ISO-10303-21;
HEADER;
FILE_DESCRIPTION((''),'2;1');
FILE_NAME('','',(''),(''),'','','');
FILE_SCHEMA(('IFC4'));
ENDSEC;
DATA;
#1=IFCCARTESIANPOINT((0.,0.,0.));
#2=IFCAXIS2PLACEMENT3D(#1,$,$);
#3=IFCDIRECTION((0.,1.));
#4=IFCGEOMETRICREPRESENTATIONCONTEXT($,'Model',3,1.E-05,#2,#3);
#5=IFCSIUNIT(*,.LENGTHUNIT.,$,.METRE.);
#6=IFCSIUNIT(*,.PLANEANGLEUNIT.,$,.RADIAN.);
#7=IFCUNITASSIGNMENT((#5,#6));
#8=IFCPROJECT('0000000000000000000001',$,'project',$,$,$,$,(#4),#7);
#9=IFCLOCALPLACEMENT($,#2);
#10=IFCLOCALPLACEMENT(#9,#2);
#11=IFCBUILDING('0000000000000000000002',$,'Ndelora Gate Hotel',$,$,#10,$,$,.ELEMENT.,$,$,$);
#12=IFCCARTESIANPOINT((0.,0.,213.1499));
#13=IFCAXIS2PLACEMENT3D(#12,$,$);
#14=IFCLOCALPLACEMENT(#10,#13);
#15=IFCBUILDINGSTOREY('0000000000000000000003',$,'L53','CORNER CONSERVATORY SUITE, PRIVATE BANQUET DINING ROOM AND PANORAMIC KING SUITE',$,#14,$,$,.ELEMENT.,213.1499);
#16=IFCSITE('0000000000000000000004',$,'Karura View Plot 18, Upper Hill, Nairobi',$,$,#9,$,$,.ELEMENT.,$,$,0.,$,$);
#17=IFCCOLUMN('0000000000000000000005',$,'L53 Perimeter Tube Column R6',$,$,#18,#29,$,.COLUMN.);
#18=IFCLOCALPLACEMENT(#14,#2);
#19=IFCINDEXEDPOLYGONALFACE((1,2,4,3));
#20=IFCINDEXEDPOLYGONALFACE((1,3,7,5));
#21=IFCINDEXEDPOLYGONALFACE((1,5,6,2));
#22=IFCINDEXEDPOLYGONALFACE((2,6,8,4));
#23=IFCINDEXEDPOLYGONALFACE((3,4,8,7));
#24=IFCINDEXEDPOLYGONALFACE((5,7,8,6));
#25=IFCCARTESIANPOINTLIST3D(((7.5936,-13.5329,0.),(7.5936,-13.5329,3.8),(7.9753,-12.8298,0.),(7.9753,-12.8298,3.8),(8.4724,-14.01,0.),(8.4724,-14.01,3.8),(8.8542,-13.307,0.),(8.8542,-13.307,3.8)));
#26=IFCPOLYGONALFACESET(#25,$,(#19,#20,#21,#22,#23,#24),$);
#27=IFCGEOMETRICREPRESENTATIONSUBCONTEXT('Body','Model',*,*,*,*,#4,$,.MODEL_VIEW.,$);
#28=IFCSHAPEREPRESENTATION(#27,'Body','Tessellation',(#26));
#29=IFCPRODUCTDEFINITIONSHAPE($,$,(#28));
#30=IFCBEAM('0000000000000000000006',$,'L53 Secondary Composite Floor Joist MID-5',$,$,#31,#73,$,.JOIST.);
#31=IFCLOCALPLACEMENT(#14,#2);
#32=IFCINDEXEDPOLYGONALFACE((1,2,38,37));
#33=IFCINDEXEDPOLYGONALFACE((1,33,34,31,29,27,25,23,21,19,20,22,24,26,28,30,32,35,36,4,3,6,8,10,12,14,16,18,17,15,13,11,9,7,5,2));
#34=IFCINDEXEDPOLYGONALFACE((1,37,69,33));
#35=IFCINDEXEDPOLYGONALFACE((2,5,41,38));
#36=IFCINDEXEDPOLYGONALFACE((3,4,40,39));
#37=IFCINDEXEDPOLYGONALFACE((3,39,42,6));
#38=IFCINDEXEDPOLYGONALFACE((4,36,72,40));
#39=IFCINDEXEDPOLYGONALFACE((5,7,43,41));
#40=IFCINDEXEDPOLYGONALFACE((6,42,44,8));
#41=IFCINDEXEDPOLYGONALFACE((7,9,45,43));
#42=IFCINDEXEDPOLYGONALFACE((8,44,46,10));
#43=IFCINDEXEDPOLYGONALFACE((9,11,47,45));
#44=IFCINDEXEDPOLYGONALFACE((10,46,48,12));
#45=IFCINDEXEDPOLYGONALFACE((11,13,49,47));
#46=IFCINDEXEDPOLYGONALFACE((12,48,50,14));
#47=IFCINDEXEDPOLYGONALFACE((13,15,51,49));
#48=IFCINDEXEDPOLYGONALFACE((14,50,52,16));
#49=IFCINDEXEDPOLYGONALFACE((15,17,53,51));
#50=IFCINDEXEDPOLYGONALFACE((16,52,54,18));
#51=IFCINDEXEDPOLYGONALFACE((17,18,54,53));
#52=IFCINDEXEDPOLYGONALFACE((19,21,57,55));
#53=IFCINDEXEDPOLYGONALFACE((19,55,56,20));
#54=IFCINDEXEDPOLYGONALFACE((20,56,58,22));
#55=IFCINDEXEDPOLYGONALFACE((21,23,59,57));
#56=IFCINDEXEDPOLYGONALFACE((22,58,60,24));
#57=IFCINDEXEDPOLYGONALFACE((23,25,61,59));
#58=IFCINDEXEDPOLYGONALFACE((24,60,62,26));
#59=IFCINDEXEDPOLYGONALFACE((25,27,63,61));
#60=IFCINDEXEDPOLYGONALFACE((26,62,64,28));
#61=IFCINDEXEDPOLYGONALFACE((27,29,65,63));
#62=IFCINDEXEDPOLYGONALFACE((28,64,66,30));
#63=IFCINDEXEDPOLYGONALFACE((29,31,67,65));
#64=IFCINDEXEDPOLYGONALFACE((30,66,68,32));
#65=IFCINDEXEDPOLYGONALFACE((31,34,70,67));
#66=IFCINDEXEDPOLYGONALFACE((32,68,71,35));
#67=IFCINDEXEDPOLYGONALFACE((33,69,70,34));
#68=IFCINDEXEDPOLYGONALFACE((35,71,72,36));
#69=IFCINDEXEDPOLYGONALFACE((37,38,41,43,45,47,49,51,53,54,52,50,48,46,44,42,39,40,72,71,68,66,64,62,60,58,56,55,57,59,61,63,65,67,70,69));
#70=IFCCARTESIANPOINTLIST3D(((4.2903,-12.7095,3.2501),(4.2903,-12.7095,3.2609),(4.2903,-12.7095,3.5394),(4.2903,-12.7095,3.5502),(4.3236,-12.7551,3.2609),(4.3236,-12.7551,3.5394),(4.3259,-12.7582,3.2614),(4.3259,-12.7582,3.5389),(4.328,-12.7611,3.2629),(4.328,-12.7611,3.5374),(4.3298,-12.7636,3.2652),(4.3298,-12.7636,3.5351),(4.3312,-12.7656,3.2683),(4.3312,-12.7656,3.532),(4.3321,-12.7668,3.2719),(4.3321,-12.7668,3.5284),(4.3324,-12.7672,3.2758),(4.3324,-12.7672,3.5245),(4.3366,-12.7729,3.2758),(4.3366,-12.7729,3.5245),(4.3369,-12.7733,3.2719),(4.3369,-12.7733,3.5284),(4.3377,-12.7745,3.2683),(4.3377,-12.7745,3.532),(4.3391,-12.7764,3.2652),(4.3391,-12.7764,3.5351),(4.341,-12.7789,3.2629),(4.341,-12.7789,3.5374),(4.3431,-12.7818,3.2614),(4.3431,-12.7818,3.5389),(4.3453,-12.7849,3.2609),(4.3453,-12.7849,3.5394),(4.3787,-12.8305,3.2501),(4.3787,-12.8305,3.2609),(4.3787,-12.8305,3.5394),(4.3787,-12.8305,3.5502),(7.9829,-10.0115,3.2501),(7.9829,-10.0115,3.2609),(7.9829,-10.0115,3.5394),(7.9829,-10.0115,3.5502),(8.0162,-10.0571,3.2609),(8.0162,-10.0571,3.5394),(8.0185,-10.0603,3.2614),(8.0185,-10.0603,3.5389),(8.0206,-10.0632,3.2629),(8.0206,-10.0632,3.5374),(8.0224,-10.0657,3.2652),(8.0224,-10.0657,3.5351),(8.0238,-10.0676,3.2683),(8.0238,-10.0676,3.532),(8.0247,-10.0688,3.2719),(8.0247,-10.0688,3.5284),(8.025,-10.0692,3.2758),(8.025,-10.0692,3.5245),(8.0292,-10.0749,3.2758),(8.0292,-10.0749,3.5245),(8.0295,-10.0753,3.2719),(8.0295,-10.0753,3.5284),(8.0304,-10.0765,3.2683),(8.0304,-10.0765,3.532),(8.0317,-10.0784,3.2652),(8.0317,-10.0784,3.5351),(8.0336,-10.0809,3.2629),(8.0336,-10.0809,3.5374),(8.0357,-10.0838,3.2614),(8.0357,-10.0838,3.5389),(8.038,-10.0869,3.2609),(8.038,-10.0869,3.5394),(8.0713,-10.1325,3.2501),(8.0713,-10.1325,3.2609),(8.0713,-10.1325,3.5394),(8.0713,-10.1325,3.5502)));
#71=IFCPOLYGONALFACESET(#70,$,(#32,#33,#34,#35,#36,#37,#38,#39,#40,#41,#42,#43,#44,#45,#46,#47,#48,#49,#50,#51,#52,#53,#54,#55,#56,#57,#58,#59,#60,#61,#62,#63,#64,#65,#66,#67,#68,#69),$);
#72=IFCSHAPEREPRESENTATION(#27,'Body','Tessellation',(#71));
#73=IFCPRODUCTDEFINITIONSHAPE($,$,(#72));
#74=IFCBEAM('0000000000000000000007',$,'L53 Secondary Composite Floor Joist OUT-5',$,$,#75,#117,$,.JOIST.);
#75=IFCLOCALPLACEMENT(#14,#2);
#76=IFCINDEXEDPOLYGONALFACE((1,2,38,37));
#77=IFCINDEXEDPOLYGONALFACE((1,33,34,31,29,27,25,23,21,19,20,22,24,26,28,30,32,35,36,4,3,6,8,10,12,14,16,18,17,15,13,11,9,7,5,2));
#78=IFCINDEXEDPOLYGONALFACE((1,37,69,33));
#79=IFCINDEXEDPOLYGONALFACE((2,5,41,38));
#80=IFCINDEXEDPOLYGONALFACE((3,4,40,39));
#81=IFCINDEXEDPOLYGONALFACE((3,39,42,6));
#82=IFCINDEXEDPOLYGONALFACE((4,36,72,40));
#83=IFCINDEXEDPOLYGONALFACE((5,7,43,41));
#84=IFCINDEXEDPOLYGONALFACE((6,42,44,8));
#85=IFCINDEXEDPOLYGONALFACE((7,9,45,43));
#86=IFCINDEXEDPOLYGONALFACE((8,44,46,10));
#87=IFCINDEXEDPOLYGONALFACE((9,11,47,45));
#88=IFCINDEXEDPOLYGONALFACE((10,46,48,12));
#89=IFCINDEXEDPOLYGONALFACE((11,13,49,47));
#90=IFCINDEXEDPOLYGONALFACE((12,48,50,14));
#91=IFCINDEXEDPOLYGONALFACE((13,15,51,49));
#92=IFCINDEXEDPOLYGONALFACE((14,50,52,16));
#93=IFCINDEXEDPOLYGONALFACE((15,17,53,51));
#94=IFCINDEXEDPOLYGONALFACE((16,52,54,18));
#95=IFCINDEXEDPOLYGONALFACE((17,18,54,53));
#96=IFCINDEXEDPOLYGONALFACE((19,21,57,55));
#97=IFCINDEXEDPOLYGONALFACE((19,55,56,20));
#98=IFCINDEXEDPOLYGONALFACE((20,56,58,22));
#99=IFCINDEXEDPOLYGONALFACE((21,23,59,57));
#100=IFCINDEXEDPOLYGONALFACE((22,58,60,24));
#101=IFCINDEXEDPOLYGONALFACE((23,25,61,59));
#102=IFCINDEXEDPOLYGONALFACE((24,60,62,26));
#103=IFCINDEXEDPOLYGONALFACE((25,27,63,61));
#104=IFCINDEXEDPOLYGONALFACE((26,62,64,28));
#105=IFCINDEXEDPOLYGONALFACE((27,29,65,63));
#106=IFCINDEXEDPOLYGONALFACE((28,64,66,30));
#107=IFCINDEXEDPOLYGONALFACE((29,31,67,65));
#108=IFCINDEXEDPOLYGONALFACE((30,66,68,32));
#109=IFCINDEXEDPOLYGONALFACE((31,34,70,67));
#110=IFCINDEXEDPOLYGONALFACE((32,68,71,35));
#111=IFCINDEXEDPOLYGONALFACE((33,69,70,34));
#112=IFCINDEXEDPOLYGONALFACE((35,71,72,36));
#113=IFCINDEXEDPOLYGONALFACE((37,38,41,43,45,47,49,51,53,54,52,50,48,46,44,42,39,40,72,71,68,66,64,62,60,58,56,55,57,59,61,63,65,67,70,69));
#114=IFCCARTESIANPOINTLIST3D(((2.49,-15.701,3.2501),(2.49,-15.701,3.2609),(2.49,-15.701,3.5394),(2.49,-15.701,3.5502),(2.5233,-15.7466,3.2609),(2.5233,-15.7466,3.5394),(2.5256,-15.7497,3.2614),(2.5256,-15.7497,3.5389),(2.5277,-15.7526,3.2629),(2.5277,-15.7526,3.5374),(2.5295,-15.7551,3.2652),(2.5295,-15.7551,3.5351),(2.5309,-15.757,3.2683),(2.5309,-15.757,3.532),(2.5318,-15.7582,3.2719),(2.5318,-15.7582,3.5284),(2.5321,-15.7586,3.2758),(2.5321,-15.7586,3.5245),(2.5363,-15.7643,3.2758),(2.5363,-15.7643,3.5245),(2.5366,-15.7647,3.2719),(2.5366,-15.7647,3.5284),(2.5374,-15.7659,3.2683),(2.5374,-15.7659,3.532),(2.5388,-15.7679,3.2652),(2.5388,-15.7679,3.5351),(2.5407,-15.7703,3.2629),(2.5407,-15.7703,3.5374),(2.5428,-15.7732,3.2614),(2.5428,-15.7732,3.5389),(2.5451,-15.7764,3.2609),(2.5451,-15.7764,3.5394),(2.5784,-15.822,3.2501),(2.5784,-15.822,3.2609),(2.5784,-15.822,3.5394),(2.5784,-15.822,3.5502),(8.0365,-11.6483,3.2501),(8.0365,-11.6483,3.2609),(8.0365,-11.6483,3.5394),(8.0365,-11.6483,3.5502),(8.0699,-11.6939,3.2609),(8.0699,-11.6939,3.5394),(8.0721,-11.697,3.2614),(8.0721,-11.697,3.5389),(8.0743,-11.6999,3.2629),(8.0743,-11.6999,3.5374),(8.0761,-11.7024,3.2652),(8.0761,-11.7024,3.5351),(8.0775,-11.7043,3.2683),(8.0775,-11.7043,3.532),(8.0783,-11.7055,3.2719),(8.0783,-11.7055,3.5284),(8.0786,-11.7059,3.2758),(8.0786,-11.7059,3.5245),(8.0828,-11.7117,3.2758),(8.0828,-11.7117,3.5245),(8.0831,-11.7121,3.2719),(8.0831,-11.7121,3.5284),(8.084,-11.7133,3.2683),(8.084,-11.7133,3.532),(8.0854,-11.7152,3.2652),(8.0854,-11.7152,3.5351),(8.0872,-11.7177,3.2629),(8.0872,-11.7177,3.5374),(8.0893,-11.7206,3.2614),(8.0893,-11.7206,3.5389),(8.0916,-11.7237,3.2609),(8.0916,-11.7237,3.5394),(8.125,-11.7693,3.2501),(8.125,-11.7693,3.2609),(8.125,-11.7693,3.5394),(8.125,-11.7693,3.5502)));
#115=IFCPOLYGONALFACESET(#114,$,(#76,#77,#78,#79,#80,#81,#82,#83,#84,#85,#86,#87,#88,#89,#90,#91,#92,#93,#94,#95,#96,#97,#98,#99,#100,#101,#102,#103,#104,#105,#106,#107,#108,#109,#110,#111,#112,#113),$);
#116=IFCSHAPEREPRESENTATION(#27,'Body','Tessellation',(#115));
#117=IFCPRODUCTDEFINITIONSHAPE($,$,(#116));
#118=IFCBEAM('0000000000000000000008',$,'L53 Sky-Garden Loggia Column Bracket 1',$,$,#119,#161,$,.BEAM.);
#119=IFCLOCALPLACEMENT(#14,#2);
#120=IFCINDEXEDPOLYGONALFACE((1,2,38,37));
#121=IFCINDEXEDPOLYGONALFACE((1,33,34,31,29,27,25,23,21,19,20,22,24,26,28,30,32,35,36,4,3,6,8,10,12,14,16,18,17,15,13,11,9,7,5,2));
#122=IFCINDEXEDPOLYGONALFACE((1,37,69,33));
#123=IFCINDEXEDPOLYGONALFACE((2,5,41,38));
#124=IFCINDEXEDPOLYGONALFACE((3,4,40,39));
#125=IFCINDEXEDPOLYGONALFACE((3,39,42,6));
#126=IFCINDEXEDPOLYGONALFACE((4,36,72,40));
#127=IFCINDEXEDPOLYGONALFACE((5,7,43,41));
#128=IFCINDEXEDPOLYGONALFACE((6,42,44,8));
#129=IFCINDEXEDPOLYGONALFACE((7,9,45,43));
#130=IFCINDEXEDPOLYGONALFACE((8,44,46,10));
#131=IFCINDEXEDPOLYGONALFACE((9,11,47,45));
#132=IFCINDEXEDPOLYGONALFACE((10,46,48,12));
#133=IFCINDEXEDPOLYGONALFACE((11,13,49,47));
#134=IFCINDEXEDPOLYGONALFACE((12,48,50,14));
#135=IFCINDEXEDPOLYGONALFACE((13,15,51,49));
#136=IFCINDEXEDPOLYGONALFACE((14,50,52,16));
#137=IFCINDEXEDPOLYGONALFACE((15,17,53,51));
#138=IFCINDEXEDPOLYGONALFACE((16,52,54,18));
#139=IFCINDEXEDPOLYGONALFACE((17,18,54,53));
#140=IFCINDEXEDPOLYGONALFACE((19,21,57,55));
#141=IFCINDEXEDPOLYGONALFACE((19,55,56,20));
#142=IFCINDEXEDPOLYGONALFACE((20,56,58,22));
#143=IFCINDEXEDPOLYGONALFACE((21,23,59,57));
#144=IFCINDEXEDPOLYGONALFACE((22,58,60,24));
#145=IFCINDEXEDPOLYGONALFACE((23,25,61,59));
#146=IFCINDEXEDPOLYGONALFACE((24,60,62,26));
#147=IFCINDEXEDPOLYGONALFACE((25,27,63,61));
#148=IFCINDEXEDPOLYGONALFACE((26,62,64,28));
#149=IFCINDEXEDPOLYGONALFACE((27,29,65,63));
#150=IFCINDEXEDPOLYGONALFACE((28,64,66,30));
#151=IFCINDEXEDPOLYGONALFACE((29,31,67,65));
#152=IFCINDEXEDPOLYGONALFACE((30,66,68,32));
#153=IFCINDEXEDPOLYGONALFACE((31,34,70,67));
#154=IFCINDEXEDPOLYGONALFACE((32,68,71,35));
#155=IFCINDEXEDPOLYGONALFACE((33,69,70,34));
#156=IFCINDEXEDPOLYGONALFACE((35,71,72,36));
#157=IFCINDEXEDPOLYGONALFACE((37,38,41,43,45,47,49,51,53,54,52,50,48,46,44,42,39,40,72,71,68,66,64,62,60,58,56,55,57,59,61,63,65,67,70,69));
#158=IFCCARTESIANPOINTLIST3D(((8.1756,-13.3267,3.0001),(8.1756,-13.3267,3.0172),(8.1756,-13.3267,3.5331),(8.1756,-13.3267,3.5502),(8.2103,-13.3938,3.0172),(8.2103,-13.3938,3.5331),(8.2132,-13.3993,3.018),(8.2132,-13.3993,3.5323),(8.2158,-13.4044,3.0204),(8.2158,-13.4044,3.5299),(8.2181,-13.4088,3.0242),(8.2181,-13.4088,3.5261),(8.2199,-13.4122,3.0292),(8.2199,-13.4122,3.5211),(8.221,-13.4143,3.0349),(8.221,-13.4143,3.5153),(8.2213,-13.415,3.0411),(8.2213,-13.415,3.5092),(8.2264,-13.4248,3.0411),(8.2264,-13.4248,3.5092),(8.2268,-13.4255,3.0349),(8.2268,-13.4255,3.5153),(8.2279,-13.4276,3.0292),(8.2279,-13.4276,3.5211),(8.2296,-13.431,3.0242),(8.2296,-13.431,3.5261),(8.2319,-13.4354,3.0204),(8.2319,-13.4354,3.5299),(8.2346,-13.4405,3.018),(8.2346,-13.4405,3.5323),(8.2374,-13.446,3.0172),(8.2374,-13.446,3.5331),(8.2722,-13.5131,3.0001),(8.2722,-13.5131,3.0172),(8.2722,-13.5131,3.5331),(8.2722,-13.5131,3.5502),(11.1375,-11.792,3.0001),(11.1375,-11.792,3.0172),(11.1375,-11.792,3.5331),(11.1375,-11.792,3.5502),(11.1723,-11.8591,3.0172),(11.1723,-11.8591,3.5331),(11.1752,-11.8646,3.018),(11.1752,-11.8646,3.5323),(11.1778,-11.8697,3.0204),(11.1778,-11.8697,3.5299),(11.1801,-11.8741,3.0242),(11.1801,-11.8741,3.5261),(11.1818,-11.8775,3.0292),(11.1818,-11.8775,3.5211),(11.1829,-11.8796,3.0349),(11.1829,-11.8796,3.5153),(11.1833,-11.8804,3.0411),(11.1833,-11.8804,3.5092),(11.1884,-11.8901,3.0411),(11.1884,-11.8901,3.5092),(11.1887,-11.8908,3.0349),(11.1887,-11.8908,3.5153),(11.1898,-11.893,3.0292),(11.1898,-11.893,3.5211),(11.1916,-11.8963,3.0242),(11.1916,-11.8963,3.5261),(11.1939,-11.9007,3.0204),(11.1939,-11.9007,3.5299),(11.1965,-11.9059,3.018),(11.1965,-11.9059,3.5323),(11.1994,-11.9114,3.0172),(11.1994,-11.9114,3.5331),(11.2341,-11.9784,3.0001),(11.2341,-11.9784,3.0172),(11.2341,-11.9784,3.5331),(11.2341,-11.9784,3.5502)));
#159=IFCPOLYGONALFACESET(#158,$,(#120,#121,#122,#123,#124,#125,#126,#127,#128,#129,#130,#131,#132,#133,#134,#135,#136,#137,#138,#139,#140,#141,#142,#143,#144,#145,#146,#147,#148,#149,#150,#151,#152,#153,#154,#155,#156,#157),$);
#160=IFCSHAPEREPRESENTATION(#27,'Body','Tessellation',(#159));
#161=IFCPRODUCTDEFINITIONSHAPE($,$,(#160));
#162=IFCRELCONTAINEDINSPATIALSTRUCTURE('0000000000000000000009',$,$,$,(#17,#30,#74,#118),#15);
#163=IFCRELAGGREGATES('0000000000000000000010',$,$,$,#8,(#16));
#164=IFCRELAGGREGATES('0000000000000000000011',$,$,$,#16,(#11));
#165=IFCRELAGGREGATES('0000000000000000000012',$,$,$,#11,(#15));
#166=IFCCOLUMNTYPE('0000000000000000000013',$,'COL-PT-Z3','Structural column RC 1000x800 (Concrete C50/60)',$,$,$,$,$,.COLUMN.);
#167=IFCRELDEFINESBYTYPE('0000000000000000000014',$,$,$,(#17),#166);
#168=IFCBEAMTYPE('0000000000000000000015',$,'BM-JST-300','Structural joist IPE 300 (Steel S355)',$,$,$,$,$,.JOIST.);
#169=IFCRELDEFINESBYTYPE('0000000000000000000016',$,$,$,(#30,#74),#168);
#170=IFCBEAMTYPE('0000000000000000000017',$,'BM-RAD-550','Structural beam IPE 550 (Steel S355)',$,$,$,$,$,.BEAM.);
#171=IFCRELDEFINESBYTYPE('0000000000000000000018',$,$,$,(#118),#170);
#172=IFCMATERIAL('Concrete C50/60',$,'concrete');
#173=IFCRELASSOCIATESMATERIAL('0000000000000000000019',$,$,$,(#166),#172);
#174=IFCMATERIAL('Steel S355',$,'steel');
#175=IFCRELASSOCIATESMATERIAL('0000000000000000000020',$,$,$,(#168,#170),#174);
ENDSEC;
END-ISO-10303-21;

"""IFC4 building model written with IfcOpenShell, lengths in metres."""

from ifc_helpers import new_model, si_unit, direction, frame, origin, origin_2d, place, context, subcontext, project, spatial, rectangle, i_section, extrude, material, material_profile, profile_set, type_object, element, save


model = new_model("IFC4")

# Units and contexts
model_context = context("Model", 3, precision=1e-05, world=origin(), true_north=direction((0.0, 1.0)))
body_context = subcontext(model_context, "Body", "Model", "MODEL_VIEW")
ifc_project = project(units=[si_unit("LENGTHUNIT", "METRE"), si_unit("PLANEANGLEUNIT", "RADIAN")], contexts=[model_context])

# Site, building, storey
site_placement = place(None, origin())
site = spatial("IfcSite", under=ifc_project, at=site_placement, Name="Karura View Plot 18, Upper Hill, Nairobi", CompositionType="ELEMENT", RefElevation=0.0)
building_placement = place(site_placement, origin())
building = spatial("IfcBuilding", under=site, at=building_placement, Name="Ndelora Gate Hotel", CompositionType="ELEMENT")
storey_placement = place(building_placement, frame((0.0, 0.0, 213.1499)))
storey = spatial("IfcBuildingStorey", under=building, at=storey_placement, Name="L53", Description="CORNER CONSERVATORY SUITE, PRIVATE BANQUET DINING ROOM AND PANORAMIC KING SUITE", CompositionType="ELEMENT", Elevation=213.1499)

# Column
ifc_material_1 = material(Name="Concrete C50/60", Category="concrete")
ifc_material_profile_1 = material_profile(ifc_material_1, rectangle(XDim=0.8, YDim=1.0, at=origin_2d()), Name="RC 1000x800")
ifc_profile_set_1 = profile_set([ifc_material_profile_1], Name="Concrete C50/60")
column_type = type_object("IfcColumnType", Name="COL-PT-Z3", Description="Structural column RC 1000x800 (Concrete C50/60)", PredefinedType="COLUMN", material=ifc_profile_set_1)
column_placement = place(storey_placement, frame((8.2239, -13.4199, 0.0), z_axis=(0.0, 0.0, 1.0), x_axis=(0.477159, 0.878817, 0.0)))
element("IfcColumn", 1, at=column_placement, inside=storey, type_object=column_type, Name="L53 Perimeter Tube Column R6", PredefinedType="COLUMN", context=body_context, shape_type="SweptSolid", body=[
    extrude(rectangle(XDim=0.8, YDim=1.0, at=origin_2d()), origin(), (0.0, 0.0, 1.0), 3.8),
])

# Beams
ifc_material_2 = material(Name="Steel S355", Category="steel")
ifc_material_profile_2 = material_profile(ifc_material_2, i_section(OverallWidth=0.1499, OverallDepth=0.3, WebThickness=0.0071, FlangeThickness=0.0107, FilletRadius=0.0149, at=origin_2d()), Name="IPE 300")
ifc_profile_set_2 = profile_set([ifc_material_profile_2], Name="Steel S355")
beam_type_1 = type_object("IfcBeamType", Name="BM-JST-300", Description="Structural joist IPE 300 (Steel S355)", PredefinedType="JOIST", material=ifc_profile_set_2)
beam_1_placement = place(storey_placement, frame((4.3345, -12.77, 3.4001), z_axis=(0.807439, 0.589951, 0.0), x_axis=(-0.589951, 0.807439, 0.0)))
element("IfcBeam", 2, at=beam_1_placement, inside=storey, type_object=beam_type_1, Name="L53 Secondary Composite Floor Joist MID-5", PredefinedType="JOIST", context=body_context, shape_type="SweptSolid", body=[
    extrude(i_section(OverallWidth=0.1499, OverallDepth=0.3, WebThickness=0.0071, FlangeThickness=0.0107, FilletRadius=0.0149, at=origin_2d()), origin(), (0.0, 0.0, 1.0), 4.5732),
])
beam_2_placement = place(storey_placement, frame((2.5342, -15.7615, 3.4001), z_axis=(0.807431, 0.589962, 0.0), x_axis=(-0.589962, 0.807431, 0.0)))
element("IfcBeam", 3, at=beam_2_placement, inside=storey, type_object=beam_type_1, Name="L53 Secondary Composite Floor Joist OUT-5", PredefinedType="JOIST", context=body_context, shape_type="SweptSolid", body=[
    extrude(i_section(OverallWidth=0.1499, OverallDepth=0.3, WebThickness=0.0071, FlangeThickness=0.0107, FilletRadius=0.0149, at=origin_2d()), origin(), (0.0, 0.0, 1.0), 6.8694),
])
ifc_material_profile_3 = material_profile(ifc_material_2, i_section(OverallWidth=0.21, OverallDepth=0.55, WebThickness=0.011, FlangeThickness=0.0171, FilletRadius=0.0239, at=origin_2d()), Name="IPE 550")
ifc_profile_set_3 = profile_set([ifc_material_profile_3], Name="Steel S355")
beam_type_2 = type_object("IfcBeamType", Name="BM-RAD-550", Description="Structural beam IPE 550 (Steel S355)", PredefinedType="BEAM", material=ifc_profile_set_3)
beam_3_placement = place(storey_placement, frame((8.2239, -13.4199, 3.2751), z_axis=(0.887894, 0.460048, 0.0), x_axis=(-0.460048, 0.887894, 0.0)))
element("IfcBeam", 4, at=beam_3_placement, inside=storey, type_object=beam_type_2, Name="L53 Sky-Garden Loggia Column Bracket 1", PredefinedType="BEAM", context=body_context, shape_type="SweptSolid", body=[
    extrude(i_section(OverallWidth=0.21, OverallDepth=0.55, WebThickness=0.011, FlangeThickness=0.0171, FilletRadius=0.0239, at=origin_2d()), origin(), (0.0, 0.0, 1.0), 3.3359),
])

save(model, "model.ifc")
